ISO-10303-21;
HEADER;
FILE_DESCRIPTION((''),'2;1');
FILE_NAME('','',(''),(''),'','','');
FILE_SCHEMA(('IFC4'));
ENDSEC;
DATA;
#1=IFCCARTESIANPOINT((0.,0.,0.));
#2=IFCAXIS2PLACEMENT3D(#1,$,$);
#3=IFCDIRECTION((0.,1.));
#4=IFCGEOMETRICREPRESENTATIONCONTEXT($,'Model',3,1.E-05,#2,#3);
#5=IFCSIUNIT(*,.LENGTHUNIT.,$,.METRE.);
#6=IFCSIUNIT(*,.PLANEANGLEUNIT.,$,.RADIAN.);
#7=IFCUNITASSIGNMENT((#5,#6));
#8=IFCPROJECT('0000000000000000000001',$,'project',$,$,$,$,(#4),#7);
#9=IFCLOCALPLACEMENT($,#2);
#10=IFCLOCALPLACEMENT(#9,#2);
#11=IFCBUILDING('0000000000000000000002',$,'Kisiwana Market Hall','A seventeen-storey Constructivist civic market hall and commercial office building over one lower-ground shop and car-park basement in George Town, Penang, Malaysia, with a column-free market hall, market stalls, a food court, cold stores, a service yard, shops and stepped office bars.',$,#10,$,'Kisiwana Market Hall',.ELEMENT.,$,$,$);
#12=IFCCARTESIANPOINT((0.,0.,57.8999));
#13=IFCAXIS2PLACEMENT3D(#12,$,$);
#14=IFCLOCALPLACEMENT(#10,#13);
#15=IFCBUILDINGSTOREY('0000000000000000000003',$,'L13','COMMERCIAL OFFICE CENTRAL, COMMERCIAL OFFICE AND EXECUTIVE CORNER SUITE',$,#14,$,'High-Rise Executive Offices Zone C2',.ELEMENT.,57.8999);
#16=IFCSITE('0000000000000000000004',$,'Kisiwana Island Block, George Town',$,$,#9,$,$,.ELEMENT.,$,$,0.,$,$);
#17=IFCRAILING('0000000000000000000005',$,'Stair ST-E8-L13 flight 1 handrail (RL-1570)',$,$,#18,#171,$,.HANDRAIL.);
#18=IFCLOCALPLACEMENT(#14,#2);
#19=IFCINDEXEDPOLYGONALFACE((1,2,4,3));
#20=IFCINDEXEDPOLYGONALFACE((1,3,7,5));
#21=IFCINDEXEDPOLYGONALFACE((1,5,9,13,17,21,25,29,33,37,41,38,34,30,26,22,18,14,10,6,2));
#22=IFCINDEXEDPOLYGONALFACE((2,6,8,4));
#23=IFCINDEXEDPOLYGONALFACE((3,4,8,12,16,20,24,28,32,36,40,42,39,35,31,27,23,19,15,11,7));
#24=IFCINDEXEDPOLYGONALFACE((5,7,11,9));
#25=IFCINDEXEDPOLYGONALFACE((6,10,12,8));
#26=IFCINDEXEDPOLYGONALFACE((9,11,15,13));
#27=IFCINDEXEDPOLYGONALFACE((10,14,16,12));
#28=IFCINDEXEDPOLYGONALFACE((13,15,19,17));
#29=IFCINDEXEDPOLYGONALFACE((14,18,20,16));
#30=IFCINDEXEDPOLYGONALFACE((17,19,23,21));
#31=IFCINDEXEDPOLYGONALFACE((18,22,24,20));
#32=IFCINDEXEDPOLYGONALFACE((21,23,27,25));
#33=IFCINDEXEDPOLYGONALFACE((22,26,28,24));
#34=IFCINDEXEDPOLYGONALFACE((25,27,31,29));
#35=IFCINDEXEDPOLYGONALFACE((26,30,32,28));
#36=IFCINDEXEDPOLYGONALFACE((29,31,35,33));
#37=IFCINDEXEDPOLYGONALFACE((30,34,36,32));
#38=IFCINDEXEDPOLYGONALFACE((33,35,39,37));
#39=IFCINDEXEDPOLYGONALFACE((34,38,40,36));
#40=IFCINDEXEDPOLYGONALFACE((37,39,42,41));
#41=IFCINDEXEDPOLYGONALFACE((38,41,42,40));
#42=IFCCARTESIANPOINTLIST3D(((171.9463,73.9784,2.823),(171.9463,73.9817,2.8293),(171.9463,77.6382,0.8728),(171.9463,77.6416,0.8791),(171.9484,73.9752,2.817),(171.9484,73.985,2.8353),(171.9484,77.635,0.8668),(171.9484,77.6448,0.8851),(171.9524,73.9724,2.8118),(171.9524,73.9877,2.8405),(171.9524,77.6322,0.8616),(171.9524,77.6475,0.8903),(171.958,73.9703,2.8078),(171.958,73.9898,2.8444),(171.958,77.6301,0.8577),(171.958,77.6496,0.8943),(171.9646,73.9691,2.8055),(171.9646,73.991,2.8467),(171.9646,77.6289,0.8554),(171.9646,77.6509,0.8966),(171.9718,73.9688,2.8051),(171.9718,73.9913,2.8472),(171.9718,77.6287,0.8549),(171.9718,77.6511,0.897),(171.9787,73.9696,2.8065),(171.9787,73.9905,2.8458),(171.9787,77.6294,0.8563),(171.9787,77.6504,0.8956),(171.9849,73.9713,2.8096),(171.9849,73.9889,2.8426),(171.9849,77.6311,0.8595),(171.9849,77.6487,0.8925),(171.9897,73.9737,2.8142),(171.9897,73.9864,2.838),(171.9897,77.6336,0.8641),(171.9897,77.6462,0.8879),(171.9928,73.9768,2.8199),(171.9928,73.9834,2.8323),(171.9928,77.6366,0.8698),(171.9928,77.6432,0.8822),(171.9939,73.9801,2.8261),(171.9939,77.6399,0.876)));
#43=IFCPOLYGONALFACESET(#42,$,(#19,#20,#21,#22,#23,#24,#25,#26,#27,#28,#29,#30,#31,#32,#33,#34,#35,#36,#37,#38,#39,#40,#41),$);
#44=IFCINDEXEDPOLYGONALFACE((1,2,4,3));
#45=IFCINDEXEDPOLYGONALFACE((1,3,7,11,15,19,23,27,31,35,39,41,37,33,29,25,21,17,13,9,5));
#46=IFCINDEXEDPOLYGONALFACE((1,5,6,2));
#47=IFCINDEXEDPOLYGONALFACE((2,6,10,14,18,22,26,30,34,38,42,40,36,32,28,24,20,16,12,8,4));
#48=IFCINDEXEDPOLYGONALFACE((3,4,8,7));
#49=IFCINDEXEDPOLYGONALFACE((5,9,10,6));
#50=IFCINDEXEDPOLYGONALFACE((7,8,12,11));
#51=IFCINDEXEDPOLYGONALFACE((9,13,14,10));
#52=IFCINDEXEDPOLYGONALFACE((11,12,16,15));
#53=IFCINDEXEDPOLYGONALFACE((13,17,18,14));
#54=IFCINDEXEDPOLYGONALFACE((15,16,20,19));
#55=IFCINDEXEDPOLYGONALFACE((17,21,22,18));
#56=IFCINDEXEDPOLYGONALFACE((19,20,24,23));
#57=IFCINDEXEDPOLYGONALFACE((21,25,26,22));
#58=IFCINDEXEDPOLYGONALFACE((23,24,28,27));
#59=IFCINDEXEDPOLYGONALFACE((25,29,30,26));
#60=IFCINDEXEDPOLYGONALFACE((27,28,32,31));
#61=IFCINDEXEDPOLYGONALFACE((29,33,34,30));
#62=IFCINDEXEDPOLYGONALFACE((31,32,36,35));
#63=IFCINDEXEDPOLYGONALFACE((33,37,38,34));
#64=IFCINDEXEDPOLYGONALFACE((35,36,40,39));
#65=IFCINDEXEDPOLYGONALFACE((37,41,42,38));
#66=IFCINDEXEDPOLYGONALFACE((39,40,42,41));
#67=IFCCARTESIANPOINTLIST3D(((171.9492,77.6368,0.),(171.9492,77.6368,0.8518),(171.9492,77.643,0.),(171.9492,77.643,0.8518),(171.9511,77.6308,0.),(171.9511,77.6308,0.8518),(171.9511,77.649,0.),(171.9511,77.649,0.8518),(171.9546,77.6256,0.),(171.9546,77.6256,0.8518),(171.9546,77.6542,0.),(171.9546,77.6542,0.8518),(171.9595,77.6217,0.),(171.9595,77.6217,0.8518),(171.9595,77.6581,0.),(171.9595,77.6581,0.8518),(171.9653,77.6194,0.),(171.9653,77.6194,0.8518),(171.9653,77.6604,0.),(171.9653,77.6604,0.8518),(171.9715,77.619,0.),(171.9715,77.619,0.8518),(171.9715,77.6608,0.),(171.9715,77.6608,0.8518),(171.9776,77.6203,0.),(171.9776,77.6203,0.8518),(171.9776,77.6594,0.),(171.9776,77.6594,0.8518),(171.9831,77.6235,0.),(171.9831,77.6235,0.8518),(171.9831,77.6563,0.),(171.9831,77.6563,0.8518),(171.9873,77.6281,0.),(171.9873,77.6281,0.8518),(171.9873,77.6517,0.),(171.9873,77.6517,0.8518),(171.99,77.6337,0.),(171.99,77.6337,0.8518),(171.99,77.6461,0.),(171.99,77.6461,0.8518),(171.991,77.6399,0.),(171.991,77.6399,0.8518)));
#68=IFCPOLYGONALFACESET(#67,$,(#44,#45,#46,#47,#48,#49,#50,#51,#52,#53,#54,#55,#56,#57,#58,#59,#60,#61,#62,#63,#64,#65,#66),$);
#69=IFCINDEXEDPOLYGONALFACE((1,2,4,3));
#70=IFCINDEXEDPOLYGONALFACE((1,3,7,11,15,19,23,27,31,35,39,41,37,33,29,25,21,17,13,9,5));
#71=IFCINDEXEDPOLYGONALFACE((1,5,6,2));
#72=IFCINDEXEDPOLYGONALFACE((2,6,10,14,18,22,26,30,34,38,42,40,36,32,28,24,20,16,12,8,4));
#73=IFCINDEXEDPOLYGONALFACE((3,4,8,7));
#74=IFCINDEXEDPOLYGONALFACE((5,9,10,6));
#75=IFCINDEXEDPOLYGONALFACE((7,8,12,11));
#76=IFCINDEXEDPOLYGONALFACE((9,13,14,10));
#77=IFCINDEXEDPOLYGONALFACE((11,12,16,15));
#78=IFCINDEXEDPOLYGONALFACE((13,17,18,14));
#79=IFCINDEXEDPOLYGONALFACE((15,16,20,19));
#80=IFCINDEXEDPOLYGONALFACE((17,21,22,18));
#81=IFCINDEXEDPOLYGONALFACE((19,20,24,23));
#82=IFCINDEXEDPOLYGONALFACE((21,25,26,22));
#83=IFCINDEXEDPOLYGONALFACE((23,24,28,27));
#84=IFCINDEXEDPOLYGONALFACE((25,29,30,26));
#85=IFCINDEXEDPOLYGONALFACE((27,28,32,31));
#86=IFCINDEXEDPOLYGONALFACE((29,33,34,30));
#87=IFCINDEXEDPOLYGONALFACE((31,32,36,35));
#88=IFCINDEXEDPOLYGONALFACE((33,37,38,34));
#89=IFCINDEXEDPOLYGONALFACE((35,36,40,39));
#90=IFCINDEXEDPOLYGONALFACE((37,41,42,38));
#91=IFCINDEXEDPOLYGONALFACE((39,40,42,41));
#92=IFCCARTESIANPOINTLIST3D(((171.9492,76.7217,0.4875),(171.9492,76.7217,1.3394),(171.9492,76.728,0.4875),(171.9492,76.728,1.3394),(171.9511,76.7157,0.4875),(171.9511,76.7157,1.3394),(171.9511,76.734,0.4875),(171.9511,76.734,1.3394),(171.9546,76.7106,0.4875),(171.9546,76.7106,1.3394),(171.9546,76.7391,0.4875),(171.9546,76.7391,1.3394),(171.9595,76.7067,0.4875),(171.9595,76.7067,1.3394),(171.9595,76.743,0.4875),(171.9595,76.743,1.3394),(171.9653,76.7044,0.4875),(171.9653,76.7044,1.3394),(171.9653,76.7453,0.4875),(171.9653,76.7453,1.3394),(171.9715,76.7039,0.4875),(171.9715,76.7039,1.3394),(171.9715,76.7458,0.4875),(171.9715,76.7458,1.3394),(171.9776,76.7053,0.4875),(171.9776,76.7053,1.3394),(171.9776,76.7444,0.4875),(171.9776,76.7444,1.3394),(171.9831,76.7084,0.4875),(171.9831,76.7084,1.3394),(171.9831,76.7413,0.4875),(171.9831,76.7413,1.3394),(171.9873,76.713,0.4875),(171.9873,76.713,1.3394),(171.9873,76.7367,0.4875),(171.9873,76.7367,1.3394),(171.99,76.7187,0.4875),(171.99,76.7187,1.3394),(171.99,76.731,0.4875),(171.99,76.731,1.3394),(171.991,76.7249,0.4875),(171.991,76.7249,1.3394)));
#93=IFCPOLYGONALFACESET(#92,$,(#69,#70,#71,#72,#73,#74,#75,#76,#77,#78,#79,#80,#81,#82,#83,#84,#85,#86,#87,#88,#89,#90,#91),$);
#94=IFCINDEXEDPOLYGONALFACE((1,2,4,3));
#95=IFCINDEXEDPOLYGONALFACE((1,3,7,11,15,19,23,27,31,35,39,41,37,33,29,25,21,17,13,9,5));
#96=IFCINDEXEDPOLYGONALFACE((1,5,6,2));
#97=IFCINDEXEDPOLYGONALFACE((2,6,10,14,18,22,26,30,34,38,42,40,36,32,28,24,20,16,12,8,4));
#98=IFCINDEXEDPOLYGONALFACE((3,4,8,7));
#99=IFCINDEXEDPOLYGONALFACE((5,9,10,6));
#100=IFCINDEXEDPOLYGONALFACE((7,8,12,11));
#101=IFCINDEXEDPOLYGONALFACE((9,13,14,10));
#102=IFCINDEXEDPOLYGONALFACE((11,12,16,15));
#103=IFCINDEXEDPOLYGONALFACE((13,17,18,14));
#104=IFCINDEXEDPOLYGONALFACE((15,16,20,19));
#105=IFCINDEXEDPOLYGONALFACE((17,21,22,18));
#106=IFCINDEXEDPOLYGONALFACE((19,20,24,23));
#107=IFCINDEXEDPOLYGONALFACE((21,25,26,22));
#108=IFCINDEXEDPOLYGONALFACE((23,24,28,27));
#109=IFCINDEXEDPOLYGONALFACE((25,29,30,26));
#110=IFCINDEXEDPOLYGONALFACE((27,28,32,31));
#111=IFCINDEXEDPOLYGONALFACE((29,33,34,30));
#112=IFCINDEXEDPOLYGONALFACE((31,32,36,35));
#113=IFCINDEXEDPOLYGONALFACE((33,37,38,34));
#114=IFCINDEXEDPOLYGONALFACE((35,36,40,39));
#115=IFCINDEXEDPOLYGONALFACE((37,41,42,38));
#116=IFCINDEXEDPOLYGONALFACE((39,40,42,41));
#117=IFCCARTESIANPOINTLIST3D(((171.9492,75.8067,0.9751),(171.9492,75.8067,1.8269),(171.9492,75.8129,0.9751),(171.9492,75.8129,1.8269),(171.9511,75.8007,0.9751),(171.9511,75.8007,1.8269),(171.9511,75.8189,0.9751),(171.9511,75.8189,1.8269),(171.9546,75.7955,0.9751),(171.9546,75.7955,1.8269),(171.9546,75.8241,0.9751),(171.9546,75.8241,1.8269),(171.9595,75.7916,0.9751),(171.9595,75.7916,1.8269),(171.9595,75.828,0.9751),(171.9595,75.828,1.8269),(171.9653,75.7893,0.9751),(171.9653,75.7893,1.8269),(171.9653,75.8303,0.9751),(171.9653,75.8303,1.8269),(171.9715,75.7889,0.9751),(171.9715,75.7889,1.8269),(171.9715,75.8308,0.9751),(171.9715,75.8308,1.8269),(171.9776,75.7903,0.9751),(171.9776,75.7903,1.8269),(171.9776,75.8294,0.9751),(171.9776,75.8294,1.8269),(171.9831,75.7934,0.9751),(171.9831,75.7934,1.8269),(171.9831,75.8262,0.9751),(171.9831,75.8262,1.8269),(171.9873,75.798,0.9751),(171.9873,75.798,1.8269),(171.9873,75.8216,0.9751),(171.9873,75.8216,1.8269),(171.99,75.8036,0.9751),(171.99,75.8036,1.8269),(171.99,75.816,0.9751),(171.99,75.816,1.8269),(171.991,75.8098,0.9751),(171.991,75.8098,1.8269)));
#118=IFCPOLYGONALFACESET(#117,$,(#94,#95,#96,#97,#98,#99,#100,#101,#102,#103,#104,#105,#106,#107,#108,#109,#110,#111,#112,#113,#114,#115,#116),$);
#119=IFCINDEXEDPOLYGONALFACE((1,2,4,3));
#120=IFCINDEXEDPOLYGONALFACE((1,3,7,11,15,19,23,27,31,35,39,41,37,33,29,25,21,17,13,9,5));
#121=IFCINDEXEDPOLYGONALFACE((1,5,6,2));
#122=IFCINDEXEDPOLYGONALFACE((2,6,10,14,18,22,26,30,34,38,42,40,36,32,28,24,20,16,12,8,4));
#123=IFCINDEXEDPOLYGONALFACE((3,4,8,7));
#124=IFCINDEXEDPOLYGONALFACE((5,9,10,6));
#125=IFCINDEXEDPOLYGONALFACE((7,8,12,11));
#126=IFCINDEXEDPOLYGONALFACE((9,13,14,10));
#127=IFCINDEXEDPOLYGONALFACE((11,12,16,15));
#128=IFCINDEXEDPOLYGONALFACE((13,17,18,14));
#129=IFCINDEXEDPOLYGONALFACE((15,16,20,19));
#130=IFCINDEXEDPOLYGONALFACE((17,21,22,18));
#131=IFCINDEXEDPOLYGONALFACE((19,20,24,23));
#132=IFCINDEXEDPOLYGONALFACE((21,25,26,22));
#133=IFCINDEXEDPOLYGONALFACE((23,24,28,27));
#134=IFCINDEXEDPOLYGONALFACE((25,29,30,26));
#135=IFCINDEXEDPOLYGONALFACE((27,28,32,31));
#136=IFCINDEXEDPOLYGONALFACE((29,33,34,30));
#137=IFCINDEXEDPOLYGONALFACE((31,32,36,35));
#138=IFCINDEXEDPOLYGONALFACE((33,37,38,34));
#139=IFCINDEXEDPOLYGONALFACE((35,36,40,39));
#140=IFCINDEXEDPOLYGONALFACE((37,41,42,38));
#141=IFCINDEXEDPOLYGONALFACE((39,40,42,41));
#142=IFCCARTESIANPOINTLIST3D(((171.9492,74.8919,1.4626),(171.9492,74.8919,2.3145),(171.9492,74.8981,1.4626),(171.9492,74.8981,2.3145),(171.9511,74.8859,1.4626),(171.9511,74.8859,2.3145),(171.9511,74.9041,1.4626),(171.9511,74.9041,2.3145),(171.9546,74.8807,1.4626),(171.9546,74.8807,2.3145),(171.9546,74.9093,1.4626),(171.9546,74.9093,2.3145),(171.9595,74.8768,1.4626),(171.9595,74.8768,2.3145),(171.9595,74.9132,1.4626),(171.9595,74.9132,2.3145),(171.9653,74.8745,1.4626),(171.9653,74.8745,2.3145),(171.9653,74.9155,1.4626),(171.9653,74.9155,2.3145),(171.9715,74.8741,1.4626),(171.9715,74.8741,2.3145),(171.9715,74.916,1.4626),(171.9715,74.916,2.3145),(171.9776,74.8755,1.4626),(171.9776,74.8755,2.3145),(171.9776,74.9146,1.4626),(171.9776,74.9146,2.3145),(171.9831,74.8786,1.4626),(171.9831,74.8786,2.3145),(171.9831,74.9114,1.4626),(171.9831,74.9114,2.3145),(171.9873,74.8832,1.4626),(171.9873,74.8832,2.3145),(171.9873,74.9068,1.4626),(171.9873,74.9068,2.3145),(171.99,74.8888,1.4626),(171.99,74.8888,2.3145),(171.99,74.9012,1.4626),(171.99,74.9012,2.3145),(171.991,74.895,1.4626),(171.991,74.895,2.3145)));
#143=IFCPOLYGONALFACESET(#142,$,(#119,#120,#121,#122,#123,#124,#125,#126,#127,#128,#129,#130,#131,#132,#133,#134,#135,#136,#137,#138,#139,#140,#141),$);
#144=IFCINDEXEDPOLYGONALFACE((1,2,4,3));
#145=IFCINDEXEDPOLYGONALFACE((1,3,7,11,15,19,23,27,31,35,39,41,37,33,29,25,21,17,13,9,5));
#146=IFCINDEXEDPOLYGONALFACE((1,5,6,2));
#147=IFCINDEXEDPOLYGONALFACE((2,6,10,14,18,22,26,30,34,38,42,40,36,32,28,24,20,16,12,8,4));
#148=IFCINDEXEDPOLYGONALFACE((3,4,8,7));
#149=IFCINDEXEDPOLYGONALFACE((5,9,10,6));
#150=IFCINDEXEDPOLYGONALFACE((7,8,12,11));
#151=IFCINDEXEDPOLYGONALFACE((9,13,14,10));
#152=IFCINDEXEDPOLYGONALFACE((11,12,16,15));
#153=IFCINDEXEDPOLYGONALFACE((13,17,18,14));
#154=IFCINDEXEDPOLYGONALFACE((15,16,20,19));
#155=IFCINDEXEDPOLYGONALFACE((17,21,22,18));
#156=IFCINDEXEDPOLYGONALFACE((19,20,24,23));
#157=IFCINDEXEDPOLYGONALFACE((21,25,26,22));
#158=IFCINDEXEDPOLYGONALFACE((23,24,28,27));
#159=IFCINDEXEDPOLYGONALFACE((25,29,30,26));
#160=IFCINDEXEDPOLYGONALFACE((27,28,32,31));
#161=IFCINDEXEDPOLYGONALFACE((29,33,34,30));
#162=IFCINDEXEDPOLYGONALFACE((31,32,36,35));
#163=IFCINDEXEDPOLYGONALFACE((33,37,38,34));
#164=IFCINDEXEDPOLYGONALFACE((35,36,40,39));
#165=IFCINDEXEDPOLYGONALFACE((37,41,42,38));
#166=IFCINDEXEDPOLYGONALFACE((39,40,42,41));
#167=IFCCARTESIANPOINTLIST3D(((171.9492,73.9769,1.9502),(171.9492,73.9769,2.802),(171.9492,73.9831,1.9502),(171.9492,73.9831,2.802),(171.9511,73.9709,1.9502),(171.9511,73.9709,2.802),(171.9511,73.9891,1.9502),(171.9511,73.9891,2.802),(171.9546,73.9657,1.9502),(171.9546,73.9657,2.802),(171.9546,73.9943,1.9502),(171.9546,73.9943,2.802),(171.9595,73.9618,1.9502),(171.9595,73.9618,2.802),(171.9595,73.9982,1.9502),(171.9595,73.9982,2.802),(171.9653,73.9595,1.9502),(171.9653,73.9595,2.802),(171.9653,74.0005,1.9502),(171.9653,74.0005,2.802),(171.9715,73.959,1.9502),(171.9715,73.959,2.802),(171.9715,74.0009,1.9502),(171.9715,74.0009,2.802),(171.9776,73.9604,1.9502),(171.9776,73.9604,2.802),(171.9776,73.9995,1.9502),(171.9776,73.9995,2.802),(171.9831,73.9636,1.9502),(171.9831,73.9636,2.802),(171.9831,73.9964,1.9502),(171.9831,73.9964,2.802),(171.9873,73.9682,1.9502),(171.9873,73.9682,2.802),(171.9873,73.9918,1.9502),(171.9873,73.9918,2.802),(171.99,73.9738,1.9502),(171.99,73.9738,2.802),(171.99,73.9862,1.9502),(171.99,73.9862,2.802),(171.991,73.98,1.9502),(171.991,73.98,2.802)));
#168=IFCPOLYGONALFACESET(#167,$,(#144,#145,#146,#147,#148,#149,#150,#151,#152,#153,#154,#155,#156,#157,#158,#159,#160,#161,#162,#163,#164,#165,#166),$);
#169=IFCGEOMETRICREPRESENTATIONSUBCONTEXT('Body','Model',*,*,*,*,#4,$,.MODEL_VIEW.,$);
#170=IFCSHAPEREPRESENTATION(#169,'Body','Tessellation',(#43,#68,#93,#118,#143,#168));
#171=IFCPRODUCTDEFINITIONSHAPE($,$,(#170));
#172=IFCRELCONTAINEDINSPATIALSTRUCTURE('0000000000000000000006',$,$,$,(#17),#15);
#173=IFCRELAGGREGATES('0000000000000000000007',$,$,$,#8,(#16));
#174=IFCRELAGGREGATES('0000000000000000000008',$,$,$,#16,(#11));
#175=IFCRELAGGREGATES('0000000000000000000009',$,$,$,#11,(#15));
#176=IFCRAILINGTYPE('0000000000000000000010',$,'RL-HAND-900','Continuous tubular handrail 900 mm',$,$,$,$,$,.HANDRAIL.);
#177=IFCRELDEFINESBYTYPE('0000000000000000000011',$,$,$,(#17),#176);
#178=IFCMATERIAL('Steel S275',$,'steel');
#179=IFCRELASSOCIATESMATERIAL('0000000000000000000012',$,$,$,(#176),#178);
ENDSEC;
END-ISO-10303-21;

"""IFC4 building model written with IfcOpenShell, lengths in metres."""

from ifc_helpers import new_model, si_unit, direction, frame, origin, origin_2d, place, context, subcontext, project, spatial, circle, extrude, material, type_object, element, save


model = new_model("IFC4")

# Units and contexts
model_context = context("Model", 3, precision=1e-05, world=origin(), true_north=direction((0.0, 1.0)))
body_context = subcontext(model_context, "Body", "Model", "MODEL_VIEW")
ifc_project = project(units=[si_unit("LENGTHUNIT", "METRE"), si_unit("PLANEANGLEUNIT", "RADIAN")], contexts=[model_context])

# Site, building, storey
site_placement = place(None, origin())
site = spatial("IfcSite", under=ifc_project, at=site_placement, Name="Kisiwana Island Block, George Town", CompositionType="ELEMENT", RefElevation=0.0)
building_placement = place(site_placement, origin())
building = spatial("IfcBuilding", under=site, at=building_placement, Name="Kisiwana Market Hall", Description="A seventeen-storey Constructivist civic market hall and commercial office building over one lower-ground shop and car-park basement in George Town, Penang, Malaysia, with a column-free market hall, market stalls, a food court, cold stores, a service yard, shops and stepped office bars.", LongName="Kisiwana Market Hall", CompositionType="ELEMENT")
storey_placement = place(building_placement, frame((0.0, 0.0, 57.8999)))
storey = spatial("IfcBuildingStorey", under=building, at=storey_placement, Name="L13", Description="COMMERCIAL OFFICE CENTRAL, COMMERCIAL OFFICE AND EXECUTIVE CORNER SUITE", LongName="High-Rise Executive Offices Zone C2", CompositionType="ELEMENT", Elevation=57.8999)

# Railing
ifc_material_1 = material(Name="Steel S275", Category="steel")
railing_type_1 = type_object("IfcRailingType", Name="RL-HAND-900", Description="Continuous tubular handrail 900 mm", PredefinedType="HANDRAIL", material=ifc_material_1)
railing_1_placement = place(storey_placement, frame((171.97, 77.6399, 0.0)))
element("IfcRailing", 1, at=railing_1_placement, inside=storey, type_object=railing_type_1, Name="Stair ST-E8-L13 flight 1 handrail (RL-1570)", PredefinedType="HANDRAIL", context=body_context, shape_type="SweptSolid", body=[
    extrude(circle(Radius=0.0239, at=origin_2d()), frame((0.0, 0.0, 0.876), z_axis=(0.0, -0.882529, 0.470258), x_axis=(1.0, 0.0, 0.0)), (0.0, 0.0, 1.0), 4.147),
    extrude(circle(Radius=0.021, at=origin_2d()), origin(), (0.0, 0.0, 1.0), 0.8518),
    extrude(circle(Radius=0.021, at=origin_2d()), frame((0.0, -0.915, 0.4875)), (0.0, 0.0, 1.0), 0.8518),
    extrude(circle(Radius=0.021, at=origin_2d()), frame((0.0, -1.8301, 0.9751)), (0.0, 0.0, 1.0), 0.8518),
    extrude(circle(Radius=0.021, at=origin_2d()), frame((0.0, -2.7449, 1.4626)), (0.0, 0.0, 1.0), 0.8518),
    extrude(circle(Radius=0.021, at=origin_2d()), frame((0.0, -3.6599, 1.9502)), (0.0, 0.0, 1.0), 0.8518),
])

save(model, "model.ifc")
